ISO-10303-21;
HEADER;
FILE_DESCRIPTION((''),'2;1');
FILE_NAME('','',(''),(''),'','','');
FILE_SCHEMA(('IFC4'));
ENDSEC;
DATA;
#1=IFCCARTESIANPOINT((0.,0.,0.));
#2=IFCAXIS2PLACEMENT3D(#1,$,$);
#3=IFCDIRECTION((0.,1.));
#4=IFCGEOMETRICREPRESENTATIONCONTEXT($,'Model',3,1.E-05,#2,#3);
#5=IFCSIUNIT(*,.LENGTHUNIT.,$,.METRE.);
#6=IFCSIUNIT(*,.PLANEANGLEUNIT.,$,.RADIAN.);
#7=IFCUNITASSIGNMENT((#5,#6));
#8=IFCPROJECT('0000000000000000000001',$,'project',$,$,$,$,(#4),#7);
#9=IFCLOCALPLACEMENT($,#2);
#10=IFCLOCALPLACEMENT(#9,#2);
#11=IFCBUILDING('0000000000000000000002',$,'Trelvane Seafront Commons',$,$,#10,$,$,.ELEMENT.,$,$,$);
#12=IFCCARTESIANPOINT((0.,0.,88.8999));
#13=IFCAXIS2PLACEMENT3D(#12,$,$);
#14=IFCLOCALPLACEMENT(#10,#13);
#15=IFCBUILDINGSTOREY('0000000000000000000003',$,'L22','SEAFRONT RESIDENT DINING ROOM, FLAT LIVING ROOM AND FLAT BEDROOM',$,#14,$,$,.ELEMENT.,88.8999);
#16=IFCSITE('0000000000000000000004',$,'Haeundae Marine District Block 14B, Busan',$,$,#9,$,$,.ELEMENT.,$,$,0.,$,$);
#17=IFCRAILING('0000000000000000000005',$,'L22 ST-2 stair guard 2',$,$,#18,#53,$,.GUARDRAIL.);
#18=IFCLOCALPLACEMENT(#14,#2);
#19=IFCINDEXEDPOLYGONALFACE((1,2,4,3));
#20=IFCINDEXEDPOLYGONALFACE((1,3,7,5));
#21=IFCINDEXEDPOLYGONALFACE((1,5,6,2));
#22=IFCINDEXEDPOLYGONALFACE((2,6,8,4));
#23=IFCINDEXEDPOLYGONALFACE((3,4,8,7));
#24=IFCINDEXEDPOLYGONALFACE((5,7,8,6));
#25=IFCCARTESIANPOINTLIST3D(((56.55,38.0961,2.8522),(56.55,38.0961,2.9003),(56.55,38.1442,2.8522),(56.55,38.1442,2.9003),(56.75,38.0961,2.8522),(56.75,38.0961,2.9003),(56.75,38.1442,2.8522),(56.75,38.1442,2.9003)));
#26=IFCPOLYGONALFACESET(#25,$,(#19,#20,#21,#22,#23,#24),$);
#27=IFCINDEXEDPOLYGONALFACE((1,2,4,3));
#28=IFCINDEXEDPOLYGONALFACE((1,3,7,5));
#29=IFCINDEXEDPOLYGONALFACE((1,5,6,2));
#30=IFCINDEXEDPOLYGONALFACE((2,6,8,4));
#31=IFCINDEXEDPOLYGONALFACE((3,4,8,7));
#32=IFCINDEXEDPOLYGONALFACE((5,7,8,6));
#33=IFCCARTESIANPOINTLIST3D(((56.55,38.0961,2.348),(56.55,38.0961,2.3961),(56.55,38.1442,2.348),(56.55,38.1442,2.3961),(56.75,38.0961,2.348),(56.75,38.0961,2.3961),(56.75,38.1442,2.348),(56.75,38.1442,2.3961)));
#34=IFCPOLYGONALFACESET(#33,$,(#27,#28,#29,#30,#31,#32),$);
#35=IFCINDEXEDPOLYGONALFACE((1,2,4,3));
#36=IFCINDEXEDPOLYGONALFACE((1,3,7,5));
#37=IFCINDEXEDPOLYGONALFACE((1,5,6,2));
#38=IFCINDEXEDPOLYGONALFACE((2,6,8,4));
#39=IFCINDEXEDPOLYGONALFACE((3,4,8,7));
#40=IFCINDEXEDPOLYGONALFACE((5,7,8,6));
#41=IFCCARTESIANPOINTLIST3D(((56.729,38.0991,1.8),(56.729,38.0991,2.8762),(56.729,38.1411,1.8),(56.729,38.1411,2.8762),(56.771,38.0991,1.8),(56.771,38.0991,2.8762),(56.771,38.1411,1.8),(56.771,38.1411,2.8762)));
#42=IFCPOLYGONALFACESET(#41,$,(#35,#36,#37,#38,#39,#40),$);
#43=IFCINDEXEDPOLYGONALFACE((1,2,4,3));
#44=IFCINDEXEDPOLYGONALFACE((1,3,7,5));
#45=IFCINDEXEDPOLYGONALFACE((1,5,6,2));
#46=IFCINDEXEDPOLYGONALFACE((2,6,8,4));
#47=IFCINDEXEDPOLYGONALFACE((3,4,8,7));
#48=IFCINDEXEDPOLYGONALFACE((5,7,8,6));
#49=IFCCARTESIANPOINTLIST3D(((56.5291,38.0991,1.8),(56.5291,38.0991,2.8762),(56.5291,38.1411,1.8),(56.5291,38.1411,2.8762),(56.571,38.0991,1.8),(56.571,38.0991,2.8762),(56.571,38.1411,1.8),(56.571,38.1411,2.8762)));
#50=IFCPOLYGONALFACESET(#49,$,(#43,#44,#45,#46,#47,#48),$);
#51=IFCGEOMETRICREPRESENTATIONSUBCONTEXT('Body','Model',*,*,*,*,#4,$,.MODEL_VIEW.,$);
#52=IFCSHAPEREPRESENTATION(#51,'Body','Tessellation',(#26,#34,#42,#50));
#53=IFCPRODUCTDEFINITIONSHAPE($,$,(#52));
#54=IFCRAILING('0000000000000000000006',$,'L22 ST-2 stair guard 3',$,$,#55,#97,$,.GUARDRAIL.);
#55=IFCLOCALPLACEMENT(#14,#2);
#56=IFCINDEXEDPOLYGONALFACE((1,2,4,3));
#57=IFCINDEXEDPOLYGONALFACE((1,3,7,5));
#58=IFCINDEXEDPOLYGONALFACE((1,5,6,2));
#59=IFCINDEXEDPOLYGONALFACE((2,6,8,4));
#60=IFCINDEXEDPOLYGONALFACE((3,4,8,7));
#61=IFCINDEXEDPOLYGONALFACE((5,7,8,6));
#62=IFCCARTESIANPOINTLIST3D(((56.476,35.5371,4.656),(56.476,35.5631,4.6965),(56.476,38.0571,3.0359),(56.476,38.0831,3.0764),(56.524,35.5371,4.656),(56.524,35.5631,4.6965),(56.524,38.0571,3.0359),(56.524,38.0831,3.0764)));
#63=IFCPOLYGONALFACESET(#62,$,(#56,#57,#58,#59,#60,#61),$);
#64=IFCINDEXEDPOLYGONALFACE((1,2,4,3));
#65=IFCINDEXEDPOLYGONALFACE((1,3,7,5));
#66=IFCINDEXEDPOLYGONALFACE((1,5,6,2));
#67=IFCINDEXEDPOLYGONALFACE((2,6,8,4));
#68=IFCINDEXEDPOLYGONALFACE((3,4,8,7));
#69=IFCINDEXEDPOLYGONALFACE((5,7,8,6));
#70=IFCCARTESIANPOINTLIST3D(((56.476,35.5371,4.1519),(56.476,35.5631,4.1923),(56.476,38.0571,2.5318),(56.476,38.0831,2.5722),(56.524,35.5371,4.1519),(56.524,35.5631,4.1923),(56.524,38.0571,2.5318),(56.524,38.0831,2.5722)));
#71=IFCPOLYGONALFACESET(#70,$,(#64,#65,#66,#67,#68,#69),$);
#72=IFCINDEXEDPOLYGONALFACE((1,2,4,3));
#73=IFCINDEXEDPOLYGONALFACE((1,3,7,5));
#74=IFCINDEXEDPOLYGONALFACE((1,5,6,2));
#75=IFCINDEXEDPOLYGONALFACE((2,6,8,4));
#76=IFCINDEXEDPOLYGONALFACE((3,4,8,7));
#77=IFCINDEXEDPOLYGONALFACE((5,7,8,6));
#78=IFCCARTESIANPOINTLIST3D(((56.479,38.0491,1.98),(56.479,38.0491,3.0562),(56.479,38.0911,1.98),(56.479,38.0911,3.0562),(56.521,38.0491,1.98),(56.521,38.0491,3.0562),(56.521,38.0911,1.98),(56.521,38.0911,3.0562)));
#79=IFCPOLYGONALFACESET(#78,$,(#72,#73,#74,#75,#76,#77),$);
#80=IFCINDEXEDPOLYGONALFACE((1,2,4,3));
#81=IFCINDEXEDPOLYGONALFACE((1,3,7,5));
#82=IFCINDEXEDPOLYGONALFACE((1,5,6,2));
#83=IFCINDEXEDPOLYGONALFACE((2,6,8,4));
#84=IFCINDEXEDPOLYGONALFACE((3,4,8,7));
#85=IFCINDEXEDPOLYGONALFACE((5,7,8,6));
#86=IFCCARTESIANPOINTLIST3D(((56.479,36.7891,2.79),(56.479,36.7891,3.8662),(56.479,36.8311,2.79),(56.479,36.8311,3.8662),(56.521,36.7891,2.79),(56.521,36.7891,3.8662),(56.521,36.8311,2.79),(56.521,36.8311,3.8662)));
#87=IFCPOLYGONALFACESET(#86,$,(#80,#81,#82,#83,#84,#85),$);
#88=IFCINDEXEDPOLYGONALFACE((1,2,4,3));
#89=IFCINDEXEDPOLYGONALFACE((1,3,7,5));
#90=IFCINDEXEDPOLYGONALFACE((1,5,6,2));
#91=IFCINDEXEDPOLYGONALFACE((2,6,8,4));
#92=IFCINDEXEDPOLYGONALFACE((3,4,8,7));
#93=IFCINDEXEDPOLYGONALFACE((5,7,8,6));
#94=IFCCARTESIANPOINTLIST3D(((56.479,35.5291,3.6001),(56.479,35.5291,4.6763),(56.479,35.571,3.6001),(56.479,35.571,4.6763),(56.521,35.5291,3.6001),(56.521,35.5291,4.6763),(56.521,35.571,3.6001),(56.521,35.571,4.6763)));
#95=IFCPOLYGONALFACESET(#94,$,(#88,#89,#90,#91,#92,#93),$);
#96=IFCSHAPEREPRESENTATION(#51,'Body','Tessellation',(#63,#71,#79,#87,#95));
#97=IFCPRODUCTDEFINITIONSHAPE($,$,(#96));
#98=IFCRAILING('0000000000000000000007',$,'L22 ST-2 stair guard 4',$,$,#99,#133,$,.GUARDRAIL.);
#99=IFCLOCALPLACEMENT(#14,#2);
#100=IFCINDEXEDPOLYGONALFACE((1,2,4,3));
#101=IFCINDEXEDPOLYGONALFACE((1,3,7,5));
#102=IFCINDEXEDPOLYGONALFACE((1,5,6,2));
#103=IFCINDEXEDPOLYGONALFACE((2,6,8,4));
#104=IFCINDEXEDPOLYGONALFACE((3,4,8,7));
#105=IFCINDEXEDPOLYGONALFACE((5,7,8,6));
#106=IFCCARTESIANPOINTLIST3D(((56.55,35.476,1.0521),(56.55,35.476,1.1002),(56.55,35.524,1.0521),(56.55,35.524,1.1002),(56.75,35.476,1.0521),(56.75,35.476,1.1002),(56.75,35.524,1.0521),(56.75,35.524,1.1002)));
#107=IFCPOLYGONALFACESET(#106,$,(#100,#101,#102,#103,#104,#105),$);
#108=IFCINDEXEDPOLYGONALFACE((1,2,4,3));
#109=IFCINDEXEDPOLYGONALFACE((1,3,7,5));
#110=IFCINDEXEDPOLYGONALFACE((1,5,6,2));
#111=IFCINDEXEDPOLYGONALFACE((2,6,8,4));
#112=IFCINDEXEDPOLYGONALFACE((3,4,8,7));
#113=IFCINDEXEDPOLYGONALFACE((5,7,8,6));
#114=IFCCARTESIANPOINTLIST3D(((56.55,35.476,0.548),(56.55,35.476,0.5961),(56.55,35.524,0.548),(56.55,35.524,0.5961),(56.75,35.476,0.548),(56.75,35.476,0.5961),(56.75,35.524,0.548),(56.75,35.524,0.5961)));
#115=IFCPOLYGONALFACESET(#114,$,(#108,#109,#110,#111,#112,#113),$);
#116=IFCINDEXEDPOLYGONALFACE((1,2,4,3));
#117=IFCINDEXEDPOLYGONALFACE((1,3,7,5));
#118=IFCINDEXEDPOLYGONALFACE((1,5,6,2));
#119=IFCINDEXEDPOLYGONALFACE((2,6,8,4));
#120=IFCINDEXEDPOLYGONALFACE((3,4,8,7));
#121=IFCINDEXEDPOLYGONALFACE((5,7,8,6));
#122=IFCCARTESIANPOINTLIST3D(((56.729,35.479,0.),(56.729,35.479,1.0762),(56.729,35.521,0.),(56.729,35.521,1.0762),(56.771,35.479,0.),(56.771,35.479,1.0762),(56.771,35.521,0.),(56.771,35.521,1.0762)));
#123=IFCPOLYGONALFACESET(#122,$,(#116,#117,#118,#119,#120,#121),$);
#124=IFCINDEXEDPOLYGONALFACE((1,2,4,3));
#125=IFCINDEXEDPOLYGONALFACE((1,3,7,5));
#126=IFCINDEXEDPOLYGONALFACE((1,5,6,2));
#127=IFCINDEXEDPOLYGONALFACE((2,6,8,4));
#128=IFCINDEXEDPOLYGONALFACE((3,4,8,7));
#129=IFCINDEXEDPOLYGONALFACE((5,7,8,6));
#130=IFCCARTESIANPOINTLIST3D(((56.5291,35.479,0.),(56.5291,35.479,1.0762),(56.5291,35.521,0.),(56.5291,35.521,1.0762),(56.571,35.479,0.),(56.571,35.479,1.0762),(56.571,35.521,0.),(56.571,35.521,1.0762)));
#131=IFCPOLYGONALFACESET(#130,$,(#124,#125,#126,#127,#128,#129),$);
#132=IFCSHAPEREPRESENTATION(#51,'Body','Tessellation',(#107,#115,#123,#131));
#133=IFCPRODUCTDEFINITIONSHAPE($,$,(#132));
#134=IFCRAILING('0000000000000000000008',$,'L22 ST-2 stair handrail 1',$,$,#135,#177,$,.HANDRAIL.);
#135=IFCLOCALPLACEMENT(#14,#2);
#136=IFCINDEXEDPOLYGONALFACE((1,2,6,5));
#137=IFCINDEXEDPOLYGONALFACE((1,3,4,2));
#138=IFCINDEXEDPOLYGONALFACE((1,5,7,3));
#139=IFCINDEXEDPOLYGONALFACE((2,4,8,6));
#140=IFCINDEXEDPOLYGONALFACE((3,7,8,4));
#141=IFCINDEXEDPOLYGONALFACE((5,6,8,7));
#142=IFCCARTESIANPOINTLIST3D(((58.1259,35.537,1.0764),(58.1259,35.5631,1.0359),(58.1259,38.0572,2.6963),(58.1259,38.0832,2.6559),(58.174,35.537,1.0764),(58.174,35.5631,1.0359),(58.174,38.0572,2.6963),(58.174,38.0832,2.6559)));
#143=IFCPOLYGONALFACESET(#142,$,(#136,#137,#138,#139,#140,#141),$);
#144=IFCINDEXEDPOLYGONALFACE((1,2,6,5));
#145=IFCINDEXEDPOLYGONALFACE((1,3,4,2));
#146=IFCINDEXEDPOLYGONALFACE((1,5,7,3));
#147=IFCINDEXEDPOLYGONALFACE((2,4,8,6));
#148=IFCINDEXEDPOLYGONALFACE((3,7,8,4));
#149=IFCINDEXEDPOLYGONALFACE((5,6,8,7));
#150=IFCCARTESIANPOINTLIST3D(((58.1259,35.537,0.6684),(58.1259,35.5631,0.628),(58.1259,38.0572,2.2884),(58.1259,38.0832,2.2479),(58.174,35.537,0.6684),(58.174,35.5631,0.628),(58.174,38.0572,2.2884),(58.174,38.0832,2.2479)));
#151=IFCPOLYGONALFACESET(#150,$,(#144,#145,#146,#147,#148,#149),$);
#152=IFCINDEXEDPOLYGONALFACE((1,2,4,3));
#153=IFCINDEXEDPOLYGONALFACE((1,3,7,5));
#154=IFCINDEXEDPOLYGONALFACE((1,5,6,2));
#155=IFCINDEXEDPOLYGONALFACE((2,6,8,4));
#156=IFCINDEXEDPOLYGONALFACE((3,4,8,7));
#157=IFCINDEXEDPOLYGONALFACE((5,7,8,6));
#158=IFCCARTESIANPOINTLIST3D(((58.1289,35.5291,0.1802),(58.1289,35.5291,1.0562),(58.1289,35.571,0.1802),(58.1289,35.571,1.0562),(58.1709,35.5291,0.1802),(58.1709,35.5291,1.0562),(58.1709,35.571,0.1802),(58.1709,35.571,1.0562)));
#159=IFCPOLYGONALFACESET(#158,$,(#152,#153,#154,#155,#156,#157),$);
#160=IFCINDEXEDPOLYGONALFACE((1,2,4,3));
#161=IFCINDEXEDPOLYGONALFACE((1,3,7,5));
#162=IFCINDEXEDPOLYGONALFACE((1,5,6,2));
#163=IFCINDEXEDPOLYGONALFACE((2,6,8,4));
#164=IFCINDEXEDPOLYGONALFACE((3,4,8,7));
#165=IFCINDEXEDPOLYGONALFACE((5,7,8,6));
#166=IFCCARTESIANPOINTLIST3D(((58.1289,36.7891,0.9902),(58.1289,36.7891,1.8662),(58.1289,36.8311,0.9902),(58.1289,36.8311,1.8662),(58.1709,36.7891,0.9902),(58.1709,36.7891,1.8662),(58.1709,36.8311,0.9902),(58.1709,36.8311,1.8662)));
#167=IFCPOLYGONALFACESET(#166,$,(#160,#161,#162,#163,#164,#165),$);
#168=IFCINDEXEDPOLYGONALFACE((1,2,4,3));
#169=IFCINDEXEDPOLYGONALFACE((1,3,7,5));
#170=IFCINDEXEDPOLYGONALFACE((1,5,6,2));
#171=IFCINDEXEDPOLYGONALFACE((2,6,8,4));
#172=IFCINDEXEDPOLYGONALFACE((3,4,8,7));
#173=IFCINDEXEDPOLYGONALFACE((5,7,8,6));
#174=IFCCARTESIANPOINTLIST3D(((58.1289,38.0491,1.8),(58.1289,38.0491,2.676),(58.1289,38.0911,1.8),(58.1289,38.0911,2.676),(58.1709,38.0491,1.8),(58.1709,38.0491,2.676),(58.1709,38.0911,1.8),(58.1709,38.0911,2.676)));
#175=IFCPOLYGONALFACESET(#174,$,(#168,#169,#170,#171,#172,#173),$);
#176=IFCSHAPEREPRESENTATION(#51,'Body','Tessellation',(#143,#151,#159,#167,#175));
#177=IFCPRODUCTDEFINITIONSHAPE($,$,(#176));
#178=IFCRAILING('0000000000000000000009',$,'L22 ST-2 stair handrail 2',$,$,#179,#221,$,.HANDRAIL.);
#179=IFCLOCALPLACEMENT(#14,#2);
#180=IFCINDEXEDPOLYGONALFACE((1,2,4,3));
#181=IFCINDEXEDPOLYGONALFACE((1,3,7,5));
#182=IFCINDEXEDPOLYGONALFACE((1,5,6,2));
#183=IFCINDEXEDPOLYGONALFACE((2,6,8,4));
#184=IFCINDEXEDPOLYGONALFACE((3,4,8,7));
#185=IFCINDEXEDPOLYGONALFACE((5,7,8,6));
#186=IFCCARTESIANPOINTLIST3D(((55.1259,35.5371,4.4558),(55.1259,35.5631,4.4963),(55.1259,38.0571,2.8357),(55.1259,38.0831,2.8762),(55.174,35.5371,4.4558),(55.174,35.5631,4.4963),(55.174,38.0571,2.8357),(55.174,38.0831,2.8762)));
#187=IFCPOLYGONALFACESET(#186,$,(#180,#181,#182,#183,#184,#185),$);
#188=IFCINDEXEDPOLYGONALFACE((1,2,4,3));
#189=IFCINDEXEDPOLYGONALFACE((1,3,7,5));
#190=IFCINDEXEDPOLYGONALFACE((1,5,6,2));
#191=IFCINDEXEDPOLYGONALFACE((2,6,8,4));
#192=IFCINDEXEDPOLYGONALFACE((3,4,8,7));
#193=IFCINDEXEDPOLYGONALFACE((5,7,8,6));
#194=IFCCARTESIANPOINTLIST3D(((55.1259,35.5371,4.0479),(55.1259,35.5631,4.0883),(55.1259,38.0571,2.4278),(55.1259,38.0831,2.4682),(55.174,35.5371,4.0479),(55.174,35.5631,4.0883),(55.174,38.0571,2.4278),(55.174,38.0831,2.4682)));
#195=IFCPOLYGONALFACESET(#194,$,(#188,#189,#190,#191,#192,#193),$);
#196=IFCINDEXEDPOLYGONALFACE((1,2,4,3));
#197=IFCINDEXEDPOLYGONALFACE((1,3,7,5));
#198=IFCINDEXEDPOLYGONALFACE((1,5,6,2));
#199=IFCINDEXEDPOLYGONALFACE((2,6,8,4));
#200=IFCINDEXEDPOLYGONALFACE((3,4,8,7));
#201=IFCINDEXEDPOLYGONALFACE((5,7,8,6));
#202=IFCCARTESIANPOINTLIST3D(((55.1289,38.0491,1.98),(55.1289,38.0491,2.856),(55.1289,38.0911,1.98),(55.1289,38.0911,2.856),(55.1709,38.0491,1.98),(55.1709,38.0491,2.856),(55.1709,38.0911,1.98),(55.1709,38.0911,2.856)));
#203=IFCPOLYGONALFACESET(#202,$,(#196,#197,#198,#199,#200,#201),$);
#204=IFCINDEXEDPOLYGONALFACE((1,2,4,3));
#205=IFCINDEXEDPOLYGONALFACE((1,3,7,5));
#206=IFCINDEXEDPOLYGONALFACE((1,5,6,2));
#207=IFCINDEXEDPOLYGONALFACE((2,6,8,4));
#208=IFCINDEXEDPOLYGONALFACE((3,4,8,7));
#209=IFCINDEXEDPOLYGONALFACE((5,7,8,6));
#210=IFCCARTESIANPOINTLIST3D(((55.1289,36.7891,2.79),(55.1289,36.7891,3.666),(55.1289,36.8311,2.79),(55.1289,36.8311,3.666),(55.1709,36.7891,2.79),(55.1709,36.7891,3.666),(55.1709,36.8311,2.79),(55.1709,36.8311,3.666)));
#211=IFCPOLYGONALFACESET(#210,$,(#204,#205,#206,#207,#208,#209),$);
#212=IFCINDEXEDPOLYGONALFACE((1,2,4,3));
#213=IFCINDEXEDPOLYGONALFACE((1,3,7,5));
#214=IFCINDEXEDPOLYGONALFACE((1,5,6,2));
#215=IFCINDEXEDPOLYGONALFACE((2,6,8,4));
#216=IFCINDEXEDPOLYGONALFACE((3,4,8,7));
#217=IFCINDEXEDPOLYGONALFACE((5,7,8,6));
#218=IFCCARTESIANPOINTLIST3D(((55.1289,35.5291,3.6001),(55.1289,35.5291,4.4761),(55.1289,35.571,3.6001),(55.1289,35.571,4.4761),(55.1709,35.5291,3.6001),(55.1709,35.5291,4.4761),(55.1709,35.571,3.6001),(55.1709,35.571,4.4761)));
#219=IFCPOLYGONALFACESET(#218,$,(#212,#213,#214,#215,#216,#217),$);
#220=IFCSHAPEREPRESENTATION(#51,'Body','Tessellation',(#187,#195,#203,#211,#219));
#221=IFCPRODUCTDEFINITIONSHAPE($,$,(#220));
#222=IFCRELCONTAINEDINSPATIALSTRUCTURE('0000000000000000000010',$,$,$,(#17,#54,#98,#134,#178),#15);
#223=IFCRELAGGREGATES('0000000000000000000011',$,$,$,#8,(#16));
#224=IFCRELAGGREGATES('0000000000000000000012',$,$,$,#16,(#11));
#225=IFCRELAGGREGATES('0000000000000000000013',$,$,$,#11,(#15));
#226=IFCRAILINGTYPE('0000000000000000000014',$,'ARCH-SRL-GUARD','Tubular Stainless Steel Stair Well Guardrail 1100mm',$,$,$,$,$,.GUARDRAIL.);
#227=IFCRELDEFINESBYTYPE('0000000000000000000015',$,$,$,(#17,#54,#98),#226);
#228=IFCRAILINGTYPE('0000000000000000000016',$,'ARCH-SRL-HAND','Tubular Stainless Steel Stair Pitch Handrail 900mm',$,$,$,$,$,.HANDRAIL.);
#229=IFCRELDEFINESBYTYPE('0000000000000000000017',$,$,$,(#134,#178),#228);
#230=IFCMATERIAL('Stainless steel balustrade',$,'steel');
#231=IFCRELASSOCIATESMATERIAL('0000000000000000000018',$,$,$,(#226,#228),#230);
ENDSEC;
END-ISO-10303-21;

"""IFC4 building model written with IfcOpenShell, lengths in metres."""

from ifc_helpers import new_model, si_unit, direction, frame, origin, origin_2d, place, context, subcontext, project, spatial, rectangle, extrude, material, type_object, element, save


model = new_model("IFC4")

# Units and contexts
model_context = context("Model", 3, precision=1e-05, world=origin(), true_north=direction((0.0, 1.0)))
body_context = subcontext(model_context, "Body", "Model", "MODEL_VIEW")
ifc_project = project(units=[si_unit("LENGTHUNIT", "METRE"), si_unit("PLANEANGLEUNIT", "RADIAN")], contexts=[model_context])

# Site, building, storey
site_placement = place(None, origin())
site = spatial("IfcSite", under=ifc_project, at=site_placement, Name="Haeundae Marine District Block 14B, Busan", CompositionType="ELEMENT", RefElevation=0.0)
building_placement = place(site_placement, origin())
building = spatial("IfcBuilding", under=site, at=building_placement, Name="Trelvane Seafront Commons", CompositionType="ELEMENT")
storey_placement = place(building_placement, frame((0.0, 0.0, 88.8999)))
storey = spatial("IfcBuildingStorey", under=building, at=storey_placement, Name="L22", Description="SEAFRONT RESIDENT DINING ROOM, FLAT LIVING ROOM AND FLAT BEDROOM", CompositionType="ELEMENT", Elevation=88.8999)

# Railings
ifc_material_1 = material(Name="Stainless steel balustrade", Category="steel")
railing_type_1 = type_object("IfcRailingType", Name="ARCH-SRL-GUARD", Description="Tubular Stainless Steel Stair Well Guardrail 1100mm", PredefinedType="GUARDRAIL", material=ifc_material_1)
railing_1_placement = place(storey_placement, frame((56.75, 38.1201, 1.8)))
element("IfcRailing", 1, at=railing_1_placement, inside=storey, type_object=railing_type_1, Name="L22 ST-2 stair guard 2", PredefinedType="GUARDRAIL", context=body_context, shape_type="SweptSolid", body=[
    extrude(rectangle(XDim=0.0481, YDim=0.0481, at=origin_2d()), frame((0.0, 0.0, 1.0762), z_axis=(-1.0, 0.0, 0.0), x_axis=(0.0, -1.0, 0.0)), (0.0, 0.0, 1.0), 0.2),
    extrude(rectangle(XDim=0.0481, YDim=0.0481, at=origin_2d()), frame((0.0, 0.0, 0.572), z_axis=(-1.0, 0.0, 0.0), x_axis=(0.0, -1.0, 0.0)), (0.0, 0.0, 1.0), 0.2),
    extrude(rectangle(XDim=0.042, YDim=0.042, at=origin_2d()), origin(), (0.0, 0.0, 1.0), 1.0762),
    extrude(rectangle(XDim=0.042, YDim=0.042, at=origin_2d()), frame((-0.2, 0.0, 0.0)), (0.0, 0.0, 1.0), 1.0762),
])
railing_2_placement = place(storey_placement, frame((56.5, 38.0701, 1.98)))
element("IfcRailing", 2, at=railing_2_placement, inside=storey, type_object=railing_type_1, Name="L22 ST-2 stair guard 3", PredefinedType="GUARDRAIL", context=body_context, shape_type="SweptSolid", body=[
    extrude(rectangle(XDim=0.0481, YDim=0.0481, at=origin_2d()), frame((0.0, 0.0, 1.0762), z_axis=(0.0, -0.841163, 0.540782), x_axis=(1.0, 0.0, 0.0)), (0.0, 0.0, 1.0), 2.9958),
    extrude(rectangle(XDim=0.0481, YDim=0.0481, at=origin_2d()), frame((0.0, 0.0, 0.572), z_axis=(0.0, -0.841163, 0.540782), x_axis=(1.0, 0.0, 0.0)), (0.0, 0.0, 1.0), 2.9958),
    extrude(rectangle(XDim=0.042, YDim=0.042, at=origin_2d()), origin(), (0.0, 0.0, 1.0), 1.0762),
    extrude(rectangle(XDim=0.042, YDim=0.042, at=origin_2d()), frame((0.0, -1.26, 0.8101)), (0.0, 0.0, 1.0), 1.0762),
    extrude(rectangle(XDim=0.042, YDim=0.042, at=origin_2d()), frame((0.0, -2.52, 1.6201)), (0.0, 0.0, 1.0), 1.0762),
])
railing_3_placement = place(storey_placement, frame((56.75, 35.5, 0.0)))
element("IfcRailing", 3, at=railing_3_placement, inside=storey, type_object=railing_type_1, Name="L22 ST-2 stair guard 4", PredefinedType="GUARDRAIL", context=body_context, shape_type="SweptSolid", body=[
    extrude(rectangle(XDim=0.0481, YDim=0.0481, at=origin_2d()), frame((0.0, 0.0, 1.0762), z_axis=(-1.0, 0.0, 0.0), x_axis=(0.0, -1.0, 0.0)), (0.0, 0.0, 1.0), 0.2),
    extrude(rectangle(XDim=0.0481, YDim=0.0481, at=origin_2d()), frame((0.0, 0.0, 0.572), z_axis=(-1.0, 0.0, 0.0), x_axis=(0.0, -1.0, 0.0)), (0.0, 0.0, 1.0), 0.2),
    extrude(rectangle(XDim=0.042, YDim=0.042, at=origin_2d()), origin(), (0.0, 0.0, 1.0), 1.0762),
    extrude(rectangle(XDim=0.042, YDim=0.042, at=origin_2d()), frame((-0.2, 0.0, 0.0)), (0.0, 0.0, 1.0), 1.0762),
])
railing_type_2 = type_object("IfcRailingType", Name="ARCH-SRL-HAND", Description="Tubular Stainless Steel Stair Pitch Handrail 900mm", PredefinedType="HANDRAIL", material=ifc_material_1)
railing_4_placement = place(storey_placement, frame((58.1499, 35.55, 0.1802)))
element("IfcRailing", 4, at=railing_4_placement, inside=storey, type_object=railing_type_2, Name="L22 ST-2 stair handrail 1", PredefinedType="HANDRAIL", context=body_context, shape_type="SweptSolid", body=[
    extrude(rectangle(XDim=0.0481, YDim=0.0481, at=origin_2d()), frame((0.0, 0.0, 0.876), z_axis=(0.0, 0.8412, 0.540725), x_axis=(-1.0, 0.0, 0.0)), (0.0, 0.0, 1.0), 2.9958),
    extrude(rectangle(XDim=0.0481, YDim=0.0481, at=origin_2d()), frame((0.0, 0.0, 0.468), z_axis=(0.0, 0.8412, 0.540725), x_axis=(-1.0, 0.0, 0.0)), (0.0, 0.0, 1.0), 2.9958),
    extrude(rectangle(XDim=0.042, YDim=0.042, at=origin_2d()), origin(), (0.0, 0.0, 1.0), 0.876),
    extrude(rectangle(XDim=0.042, YDim=0.042, at=origin_2d()), frame((0.0, 1.26, 0.8101)), (0.0, 0.0, 1.0), 0.876),
    extrude(rectangle(XDim=0.042, YDim=0.042, at=origin_2d()), frame((0.0, 2.52, 1.6199)), (0.0, 0.0, 1.0), 0.876),
])
railing_5_placement = place(storey_placement, frame((55.1499, 38.0701, 1.98)))
element("IfcRailing", 5, at=railing_5_placement, inside=storey, type_object=railing_type_2, Name="L22 ST-2 stair handrail 2", PredefinedType="HANDRAIL", context=body_context, shape_type="SweptSolid", body=[
    extrude(rectangle(XDim=0.0481, YDim=0.0481, at=origin_2d()), frame((0.0, 0.0, 0.876), z_axis=(0.0, -0.841163, 0.540782), x_axis=(1.0, 0.0, 0.0)), (0.0, 0.0, 1.0), 2.9958),
    extrude(rectangle(XDim=0.0481, YDim=0.0481, at=origin_2d()), frame((0.0, 0.0, 0.468), z_axis=(0.0, -0.841163, 0.540782), x_axis=(1.0, 0.0, 0.0)), (0.0, 0.0, 1.0), 2.9958),
    extrude(rectangle(XDim=0.042, YDim=0.042, at=origin_2d()), origin(), (0.0, 0.0, 1.0), 0.876),
    extrude(rectangle(XDim=0.042, YDim=0.042, at=origin_2d()), frame((0.0, -1.26, 0.8101)), (0.0, 0.0, 1.0), 0.876),
    extrude(rectangle(XDim=0.042, YDim=0.042, at=origin_2d()), frame((0.0, -2.52, 1.6201)), (0.0, 0.0, 1.0), 0.876),
])

save(model, "model.ifc")
